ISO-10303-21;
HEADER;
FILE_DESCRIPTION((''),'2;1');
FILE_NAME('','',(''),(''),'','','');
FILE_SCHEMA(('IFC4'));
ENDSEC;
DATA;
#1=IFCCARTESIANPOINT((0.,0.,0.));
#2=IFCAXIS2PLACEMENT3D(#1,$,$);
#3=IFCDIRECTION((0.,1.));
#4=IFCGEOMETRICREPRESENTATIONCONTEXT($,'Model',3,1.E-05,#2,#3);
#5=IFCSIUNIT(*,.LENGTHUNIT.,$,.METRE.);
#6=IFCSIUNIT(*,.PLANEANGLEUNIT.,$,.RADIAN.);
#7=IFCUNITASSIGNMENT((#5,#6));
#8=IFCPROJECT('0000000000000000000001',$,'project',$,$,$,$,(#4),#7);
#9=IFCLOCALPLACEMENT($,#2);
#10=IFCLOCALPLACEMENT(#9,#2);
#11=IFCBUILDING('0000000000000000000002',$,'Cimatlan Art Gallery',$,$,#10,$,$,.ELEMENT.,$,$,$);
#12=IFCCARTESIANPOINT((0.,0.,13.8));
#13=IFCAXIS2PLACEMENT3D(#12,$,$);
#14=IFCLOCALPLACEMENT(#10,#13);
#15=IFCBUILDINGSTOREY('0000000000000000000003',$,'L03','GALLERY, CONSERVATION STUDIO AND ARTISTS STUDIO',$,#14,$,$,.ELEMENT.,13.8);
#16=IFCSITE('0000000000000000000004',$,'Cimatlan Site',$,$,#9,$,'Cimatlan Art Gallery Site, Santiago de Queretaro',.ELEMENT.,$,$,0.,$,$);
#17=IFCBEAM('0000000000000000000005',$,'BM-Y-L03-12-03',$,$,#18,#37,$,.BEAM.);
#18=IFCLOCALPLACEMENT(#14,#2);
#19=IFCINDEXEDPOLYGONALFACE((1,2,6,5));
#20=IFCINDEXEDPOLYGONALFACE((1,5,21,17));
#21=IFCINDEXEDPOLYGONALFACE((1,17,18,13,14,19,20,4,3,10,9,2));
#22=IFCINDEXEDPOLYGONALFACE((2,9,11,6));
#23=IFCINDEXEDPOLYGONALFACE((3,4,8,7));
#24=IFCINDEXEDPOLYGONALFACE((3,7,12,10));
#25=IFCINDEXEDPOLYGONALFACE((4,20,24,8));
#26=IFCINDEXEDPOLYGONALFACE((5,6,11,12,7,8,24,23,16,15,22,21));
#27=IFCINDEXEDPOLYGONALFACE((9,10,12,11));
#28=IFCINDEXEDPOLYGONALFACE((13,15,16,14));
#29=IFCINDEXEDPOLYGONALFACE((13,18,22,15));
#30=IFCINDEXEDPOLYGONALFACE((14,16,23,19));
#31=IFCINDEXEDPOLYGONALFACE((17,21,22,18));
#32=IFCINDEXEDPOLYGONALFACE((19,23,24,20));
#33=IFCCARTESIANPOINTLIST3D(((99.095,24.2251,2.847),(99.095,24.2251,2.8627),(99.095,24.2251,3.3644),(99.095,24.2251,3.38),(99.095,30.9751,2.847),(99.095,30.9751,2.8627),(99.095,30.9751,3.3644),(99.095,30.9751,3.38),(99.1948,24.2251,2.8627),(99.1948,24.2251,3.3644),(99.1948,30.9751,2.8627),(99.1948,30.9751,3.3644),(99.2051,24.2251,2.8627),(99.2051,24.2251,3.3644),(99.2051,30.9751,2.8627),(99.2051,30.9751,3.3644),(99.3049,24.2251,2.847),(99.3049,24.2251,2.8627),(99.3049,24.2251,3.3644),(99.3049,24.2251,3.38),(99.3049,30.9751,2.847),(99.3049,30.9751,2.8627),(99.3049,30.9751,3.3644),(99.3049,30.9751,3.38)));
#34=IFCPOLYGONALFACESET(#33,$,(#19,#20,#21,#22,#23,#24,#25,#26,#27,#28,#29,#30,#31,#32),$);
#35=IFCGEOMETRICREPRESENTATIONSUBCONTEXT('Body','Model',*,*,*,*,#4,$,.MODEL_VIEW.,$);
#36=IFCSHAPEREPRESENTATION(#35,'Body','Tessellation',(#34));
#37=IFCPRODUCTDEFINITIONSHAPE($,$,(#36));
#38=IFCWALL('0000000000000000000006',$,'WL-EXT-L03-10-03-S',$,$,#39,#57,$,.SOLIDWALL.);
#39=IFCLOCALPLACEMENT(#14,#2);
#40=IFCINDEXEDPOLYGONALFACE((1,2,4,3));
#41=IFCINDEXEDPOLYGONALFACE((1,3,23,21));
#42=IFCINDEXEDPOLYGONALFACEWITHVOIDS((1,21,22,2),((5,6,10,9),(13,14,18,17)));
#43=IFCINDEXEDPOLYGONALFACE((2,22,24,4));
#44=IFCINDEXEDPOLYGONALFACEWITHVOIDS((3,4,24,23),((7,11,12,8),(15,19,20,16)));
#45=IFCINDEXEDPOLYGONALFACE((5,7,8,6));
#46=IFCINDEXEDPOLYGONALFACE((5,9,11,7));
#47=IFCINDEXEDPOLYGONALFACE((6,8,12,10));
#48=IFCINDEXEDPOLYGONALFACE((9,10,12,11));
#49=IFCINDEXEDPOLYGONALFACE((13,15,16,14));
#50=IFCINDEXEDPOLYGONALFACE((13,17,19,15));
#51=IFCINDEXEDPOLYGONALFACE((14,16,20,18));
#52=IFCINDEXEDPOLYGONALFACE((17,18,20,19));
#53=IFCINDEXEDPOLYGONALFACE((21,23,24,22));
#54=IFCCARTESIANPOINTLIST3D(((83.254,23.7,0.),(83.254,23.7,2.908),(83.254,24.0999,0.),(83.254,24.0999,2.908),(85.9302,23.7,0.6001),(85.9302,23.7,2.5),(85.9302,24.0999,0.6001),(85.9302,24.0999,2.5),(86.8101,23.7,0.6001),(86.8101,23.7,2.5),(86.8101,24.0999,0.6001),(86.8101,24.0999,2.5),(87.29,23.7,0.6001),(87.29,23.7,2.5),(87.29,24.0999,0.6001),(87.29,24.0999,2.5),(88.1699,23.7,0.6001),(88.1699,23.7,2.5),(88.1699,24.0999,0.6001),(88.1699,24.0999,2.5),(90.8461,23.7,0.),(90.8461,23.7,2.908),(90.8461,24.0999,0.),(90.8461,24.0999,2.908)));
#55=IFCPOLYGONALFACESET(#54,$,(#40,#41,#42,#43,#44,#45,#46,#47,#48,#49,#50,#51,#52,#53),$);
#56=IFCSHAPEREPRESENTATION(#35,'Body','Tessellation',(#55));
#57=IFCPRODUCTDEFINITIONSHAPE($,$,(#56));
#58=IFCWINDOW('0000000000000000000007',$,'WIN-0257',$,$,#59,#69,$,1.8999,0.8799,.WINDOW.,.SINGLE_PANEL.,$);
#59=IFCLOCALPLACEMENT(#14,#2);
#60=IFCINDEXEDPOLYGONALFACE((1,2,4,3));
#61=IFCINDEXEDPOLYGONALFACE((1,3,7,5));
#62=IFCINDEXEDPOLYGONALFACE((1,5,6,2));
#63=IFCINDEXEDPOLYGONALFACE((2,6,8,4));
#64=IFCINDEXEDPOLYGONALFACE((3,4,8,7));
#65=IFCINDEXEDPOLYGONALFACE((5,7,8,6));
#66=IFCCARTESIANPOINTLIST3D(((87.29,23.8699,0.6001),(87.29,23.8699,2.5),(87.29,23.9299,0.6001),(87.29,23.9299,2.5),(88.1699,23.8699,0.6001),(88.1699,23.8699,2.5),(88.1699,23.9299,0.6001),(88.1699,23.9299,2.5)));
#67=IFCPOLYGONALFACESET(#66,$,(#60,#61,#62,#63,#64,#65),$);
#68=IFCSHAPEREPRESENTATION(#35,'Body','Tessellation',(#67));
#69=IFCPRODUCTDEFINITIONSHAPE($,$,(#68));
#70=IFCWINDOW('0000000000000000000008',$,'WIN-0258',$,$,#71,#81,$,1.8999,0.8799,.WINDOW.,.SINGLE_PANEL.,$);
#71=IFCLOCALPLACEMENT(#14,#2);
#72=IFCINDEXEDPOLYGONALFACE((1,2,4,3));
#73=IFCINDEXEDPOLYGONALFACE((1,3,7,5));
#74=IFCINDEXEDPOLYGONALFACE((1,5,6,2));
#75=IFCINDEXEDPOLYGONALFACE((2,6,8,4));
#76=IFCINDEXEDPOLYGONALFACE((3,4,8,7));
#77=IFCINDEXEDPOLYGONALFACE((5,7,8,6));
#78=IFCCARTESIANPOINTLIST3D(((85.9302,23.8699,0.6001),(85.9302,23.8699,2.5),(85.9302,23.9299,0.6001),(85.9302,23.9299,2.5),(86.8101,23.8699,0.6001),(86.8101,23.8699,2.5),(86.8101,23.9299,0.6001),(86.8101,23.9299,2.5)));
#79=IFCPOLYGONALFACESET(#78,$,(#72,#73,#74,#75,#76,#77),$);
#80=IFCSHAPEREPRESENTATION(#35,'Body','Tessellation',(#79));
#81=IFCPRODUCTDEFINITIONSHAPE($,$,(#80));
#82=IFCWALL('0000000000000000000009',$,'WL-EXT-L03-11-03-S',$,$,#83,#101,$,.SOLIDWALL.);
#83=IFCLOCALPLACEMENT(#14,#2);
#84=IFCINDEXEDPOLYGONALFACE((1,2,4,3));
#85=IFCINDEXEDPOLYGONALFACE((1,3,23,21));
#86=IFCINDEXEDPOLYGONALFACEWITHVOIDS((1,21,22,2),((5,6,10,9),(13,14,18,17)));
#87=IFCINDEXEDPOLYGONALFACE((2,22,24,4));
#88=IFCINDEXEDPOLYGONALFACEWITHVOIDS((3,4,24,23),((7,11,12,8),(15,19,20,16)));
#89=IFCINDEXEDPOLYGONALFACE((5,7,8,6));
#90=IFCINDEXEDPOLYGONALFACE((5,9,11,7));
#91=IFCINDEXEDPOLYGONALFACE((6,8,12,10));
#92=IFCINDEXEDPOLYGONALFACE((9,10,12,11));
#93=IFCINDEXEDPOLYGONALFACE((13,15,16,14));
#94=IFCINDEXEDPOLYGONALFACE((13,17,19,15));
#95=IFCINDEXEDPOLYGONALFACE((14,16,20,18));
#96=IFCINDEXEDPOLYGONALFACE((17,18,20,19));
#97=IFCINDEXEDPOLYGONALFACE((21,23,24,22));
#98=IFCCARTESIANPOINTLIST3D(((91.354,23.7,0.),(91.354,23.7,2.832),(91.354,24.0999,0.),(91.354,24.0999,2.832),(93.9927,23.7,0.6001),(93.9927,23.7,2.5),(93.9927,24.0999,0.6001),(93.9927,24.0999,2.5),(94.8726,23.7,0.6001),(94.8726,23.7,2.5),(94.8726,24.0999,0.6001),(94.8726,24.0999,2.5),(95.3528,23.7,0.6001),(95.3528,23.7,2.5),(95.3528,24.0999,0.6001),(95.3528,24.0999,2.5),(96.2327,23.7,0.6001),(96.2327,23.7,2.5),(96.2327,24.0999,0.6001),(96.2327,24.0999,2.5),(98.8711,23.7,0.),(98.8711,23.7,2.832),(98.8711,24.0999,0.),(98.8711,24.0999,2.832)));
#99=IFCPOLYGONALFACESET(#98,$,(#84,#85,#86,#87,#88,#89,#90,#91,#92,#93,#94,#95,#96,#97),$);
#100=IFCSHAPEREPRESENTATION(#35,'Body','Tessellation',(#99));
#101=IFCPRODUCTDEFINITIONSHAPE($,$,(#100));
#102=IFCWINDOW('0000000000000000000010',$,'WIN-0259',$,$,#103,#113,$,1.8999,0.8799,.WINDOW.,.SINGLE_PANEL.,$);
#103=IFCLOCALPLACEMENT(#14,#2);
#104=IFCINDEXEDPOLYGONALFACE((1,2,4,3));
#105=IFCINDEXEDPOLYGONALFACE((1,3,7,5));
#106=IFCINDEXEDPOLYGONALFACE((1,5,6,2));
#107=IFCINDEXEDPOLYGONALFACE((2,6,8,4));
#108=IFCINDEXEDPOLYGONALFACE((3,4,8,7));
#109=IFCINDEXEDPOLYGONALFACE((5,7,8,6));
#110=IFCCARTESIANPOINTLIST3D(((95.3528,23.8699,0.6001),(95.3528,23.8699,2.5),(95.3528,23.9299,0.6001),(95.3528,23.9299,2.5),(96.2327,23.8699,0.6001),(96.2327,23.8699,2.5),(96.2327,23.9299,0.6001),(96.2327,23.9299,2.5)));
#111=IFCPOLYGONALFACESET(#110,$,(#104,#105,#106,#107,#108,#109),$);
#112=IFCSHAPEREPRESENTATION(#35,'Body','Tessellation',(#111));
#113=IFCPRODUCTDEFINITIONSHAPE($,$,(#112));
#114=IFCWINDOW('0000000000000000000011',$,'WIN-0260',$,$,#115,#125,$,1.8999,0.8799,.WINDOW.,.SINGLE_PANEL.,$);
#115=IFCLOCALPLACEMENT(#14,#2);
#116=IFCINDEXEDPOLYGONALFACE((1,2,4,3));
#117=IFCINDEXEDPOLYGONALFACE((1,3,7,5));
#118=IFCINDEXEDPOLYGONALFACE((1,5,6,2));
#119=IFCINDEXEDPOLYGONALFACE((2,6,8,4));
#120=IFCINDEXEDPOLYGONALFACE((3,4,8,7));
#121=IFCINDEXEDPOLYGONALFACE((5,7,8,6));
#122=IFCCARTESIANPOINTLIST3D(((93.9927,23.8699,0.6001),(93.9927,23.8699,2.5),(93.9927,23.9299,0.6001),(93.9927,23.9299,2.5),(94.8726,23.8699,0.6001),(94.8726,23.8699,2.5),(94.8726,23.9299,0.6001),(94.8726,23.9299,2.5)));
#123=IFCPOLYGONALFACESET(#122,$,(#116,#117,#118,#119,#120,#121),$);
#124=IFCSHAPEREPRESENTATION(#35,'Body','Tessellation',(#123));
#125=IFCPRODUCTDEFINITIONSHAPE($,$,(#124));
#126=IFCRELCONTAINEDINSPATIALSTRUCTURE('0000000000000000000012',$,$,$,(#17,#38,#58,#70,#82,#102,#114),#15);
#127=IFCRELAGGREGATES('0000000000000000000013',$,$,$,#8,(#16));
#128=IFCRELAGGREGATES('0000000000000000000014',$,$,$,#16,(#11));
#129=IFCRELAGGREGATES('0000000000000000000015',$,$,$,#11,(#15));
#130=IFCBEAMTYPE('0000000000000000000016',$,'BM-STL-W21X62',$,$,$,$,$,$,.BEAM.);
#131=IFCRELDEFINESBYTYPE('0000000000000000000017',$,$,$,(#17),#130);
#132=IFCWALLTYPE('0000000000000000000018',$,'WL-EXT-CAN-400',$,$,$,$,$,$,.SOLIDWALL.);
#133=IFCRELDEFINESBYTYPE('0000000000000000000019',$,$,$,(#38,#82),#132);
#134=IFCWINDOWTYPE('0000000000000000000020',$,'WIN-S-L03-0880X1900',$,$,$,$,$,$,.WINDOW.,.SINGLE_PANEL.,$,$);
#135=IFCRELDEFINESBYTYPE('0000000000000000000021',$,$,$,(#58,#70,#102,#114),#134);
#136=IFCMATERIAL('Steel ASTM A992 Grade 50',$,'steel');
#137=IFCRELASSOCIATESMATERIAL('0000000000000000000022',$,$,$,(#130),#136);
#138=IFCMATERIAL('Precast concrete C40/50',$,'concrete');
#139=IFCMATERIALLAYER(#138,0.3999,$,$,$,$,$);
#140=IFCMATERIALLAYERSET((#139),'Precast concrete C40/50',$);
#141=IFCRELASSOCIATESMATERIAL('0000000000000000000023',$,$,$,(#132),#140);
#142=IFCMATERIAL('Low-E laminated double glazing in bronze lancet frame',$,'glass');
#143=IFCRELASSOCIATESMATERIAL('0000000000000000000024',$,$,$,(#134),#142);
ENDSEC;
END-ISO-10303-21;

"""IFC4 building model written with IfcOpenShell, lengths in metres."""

from ifc_helpers import new_model, si_unit, direction, frame, frame_2d, origin, origin_2d, place, context, subcontext, project, spatial, rectangle, i_section, extrude, material, layer, layer_set, material_profile, profile_set, type_object, element, fill, save


model = new_model("IFC4")

# Units and contexts
model_context = context("Model", 3, precision=1e-05, world=origin(), true_north=direction((0.0, 1.0)))
body_context = subcontext(model_context, "Body", "Model", "MODEL_VIEW")
ifc_project = project(units=[si_unit("LENGTHUNIT", "METRE"), si_unit("PLANEANGLEUNIT", "RADIAN")], contexts=[model_context])

# Site, building, storey
site_placement = place(None, origin())
site = spatial("IfcSite", under=ifc_project, at=site_placement, Name="Cimatlan Site", LongName="Cimatlan Art Gallery Site, Santiago de Queretaro", CompositionType="ELEMENT", RefElevation=0.0)
building_placement = place(site_placement, origin())
building = spatial("IfcBuilding", under=site, at=building_placement, Name="Cimatlan Art Gallery", CompositionType="ELEMENT")
storey_placement = place(building_placement, frame((0.0, 0.0, 13.8)))
storey = spatial("IfcBuildingStorey", under=building, at=storey_placement, Name="L03", Description="GALLERY, CONSERVATION STUDIO AND ARTISTS STUDIO", CompositionType="ELEMENT", Elevation=13.8)

# Beam
ifc_material_1 = material(Name="Steel ASTM A992 Grade 50", Category="steel")
ifc_material_profile_1 = material_profile(ifc_material_1, i_section(OverallWidth=0.21, OverallDepth=0.533, WebThickness=0.0103, FlangeThickness=0.0156, at=origin_2d()), Name="W21X62")
ifc_profile_set_1 = profile_set([ifc_material_profile_1], Name="Steel ASTM A992 Grade 50")
beam_type_1 = type_object("IfcBeamType", Name="BM-STL-W21X62", PredefinedType="BEAM", material=ifc_profile_set_1)
beam_1_placement = place(storey_placement, frame((99.2, 24.2251, 3.1135), z_axis=(0.0, 1.0, 0.0), x_axis=(-1.0, 0.0, 0.0)))
element("IfcBeam", 1, at=beam_1_placement, inside=storey, type_object=beam_type_1, Name="BM-Y-L03-12-03", PredefinedType="BEAM", context=body_context, shape_type="SweptSolid", body=[
    extrude(i_section(OverallWidth=0.21, OverallDepth=0.533, WebThickness=0.0103, FlangeThickness=0.0156, at=origin_2d()), origin(), (0.0, 0.0, 1.0), 6.75),
])

# Walls, openings, windows
ifc_material_2 = material(Name="Precast concrete C40/50", Category="concrete")
ifc_layer_1 = layer(ifc_material_2, 0.3999)
ifc_layer_set_1 = layer_set([ifc_layer_1], Name="Precast concrete C40/50")
wall_type = type_object("IfcWallType", Name="WL-EXT-CAN-400", PredefinedType="SOLIDWALL", material=ifc_layer_set_1)
wall_1_placement = place(storey_placement, frame((90.8459, 23.8999, 0.0), z_axis=(0.0, 0.0, 1.0), x_axis=(-1.0, 0.0, 0.0)))
wall_1 = element("IfcWall", 2, at=wall_1_placement, inside=storey, type_object=wall_type, Name="WL-EXT-L03-10-03-S", PredefinedType="SOLIDWALL", context=body_context, shape_type="SweptSolid", body=[
    extrude(rectangle(XDim=7.592, YDim=0.3999, at=frame_2d((3.7959, 0.0))), origin(), (0.0, 0.0, 1.0), 2.908),
])
opening_1_placement = place(wall_1_placement, frame((2.676, 0.0, 0.6001)))
opening_1 = element("IfcOpeningElement", 3, at=opening_1_placement, cuts=wall_1, PredefinedType="OPENING", context=body_context, shape_type="SweptSolid", body=[
    extrude(rectangle(XDim=0.8799, YDim=1.8999, at=frame_2d((0.4399, 0.95))), frame((0.0, 0.21, 0.0), z_axis=(0.0, -1.0, 0.0), x_axis=(1.0, 0.0, 0.0)), (0.0, 0.0, 1.0), 0.4199),
])
opening_2_placement = place(wall_1_placement, frame((4.0359, 0.0, 0.6001)))
opening_2 = element("IfcOpeningElement", 4, at=opening_2_placement, cuts=wall_1, PredefinedType="OPENING", context=body_context, shape_type="SweptSolid", body=[
    extrude(rectangle(XDim=0.8799, YDim=1.8999, at=frame_2d((0.4399, 0.95))), frame((0.0, 0.21, 0.0), z_axis=(0.0, -1.0, 0.0), x_axis=(1.0, 0.0, 0.0)), (0.0, 0.0, 1.0), 0.4199),
])
ifc_material_3 = material(Name="Low-E laminated double glazing in bronze lancet frame", Category="glass")
window_type_1 = type_object("IfcWindowType", Name="WIN-S-L03-0880X1900", PartitioningType="SINGLE_PANEL", PredefinedType="WINDOW", material=ifc_material_3)
window_1_placement = place(opening_1_placement, origin())
window_1 = element("IfcWindow", 5, at=window_1_placement, inside=storey, type_object=window_type_1, Name="WIN-0257", OverallHeight=1.8999, OverallWidth=0.8799, PartitioningType="SINGLE_PANEL", PredefinedType="WINDOW", context=body_context, shape_type="SweptSolid", body=[
    extrude(rectangle(XDim=0.8799, YDim=1.8999, at=frame_2d((0.4399, 0.95))), frame((0.0, 0.03, 0.0), z_axis=(0.0, -1.0, 0.0), x_axis=(1.0, 0.0, 0.0)), (0.0, 0.0, 1.0), 0.0601),
])
fill(opening_1, window_1)
window_2_placement = place(opening_2_placement, origin())
window_2 = element("IfcWindow", 6, at=window_2_placement, inside=storey, type_object=window_type_1, Name="WIN-0258", OverallHeight=1.8999, OverallWidth=0.8799, PartitioningType="SINGLE_PANEL", PredefinedType="WINDOW", context=body_context, shape_type="SweptSolid", body=[
    extrude(rectangle(XDim=0.8799, YDim=1.8999, at=frame_2d((0.4399, 0.95))), frame((0.0, 0.03, 0.0), z_axis=(0.0, -1.0, 0.0), x_axis=(1.0, 0.0, 0.0)), (0.0, 0.0, 1.0), 0.0601),
])
fill(opening_2, window_2)
wall_2_placement = place(storey_placement, frame((98.8711, 23.8999, 0.0), z_axis=(0.0, 0.0, 1.0), x_axis=(-1.0, 0.0, 0.0)))
wall_2 = element("IfcWall", 7, at=wall_2_placement, inside=storey, type_object=wall_type, Name="WL-EXT-L03-11-03-S", PredefinedType="SOLIDWALL", context=body_context, shape_type="SweptSolid", body=[
    extrude(rectangle(XDim=7.5171, YDim=0.3999, at=frame_2d((3.7585, 0.0))), origin(), (0.0, 0.0, 1.0), 2.832),
])
opening_3_placement = place(wall_2_placement, frame((2.6384, 0.0, 0.6001)))
opening_3 = element("IfcOpeningElement", 8, at=opening_3_placement, cuts=wall_2, PredefinedType="OPENING", context=body_context, shape_type="SweptSolid", body=[
    extrude(rectangle(XDim=0.8799, YDim=1.8999, at=frame_2d((0.4399, 0.95))), frame((0.0, 0.21, 0.0), z_axis=(0.0, -1.0, 0.0), x_axis=(1.0, 0.0, 0.0)), (0.0, 0.0, 1.0), 0.4199),
])
opening_4_placement = place(wall_2_placement, frame((3.9985, 0.0, 0.6001)))
opening_4 = element("IfcOpeningElement", 9, at=opening_4_placement, cuts=wall_2, PredefinedType="OPENING", context=body_context, shape_type="SweptSolid", body=[
    extrude(rectangle(XDim=0.8799, YDim=1.8999, at=frame_2d((0.4399, 0.95))), frame((0.0, 0.21, 0.0), z_axis=(0.0, -1.0, 0.0), x_axis=(1.0, 0.0, 0.0)), (0.0, 0.0, 1.0), 0.4199),
])
window_3_placement = place(opening_3_placement, origin())
window_3 = element("IfcWindow", 10, at=window_3_placement, inside=storey, type_object=window_type_1, Name="WIN-0259", OverallHeight=1.8999, OverallWidth=0.8799, PartitioningType="SINGLE_PANEL", PredefinedType="WINDOW", context=body_context, shape_type="SweptSolid", body=[
    extrude(rectangle(XDim=0.8799, YDim=1.8999, at=frame_2d((0.4399, 0.95))), frame((0.0, 0.03, 0.0), z_axis=(0.0, -1.0, 0.0), x_axis=(1.0, 0.0, 0.0)), (0.0, 0.0, 1.0), 0.0601),
])
fill(opening_3, window_3)
window_4_placement = place(opening_4_placement, origin())
window_4 = element("IfcWindow", 11, at=window_4_placement, inside=storey, type_object=window_type_1, Name="WIN-0260", OverallHeight=1.8999, OverallWidth=0.8799, PartitioningType="SINGLE_PANEL", PredefinedType="WINDOW", context=body_context, shape_type="SweptSolid", body=[
    extrude(rectangle(XDim=0.8799, YDim=1.8999, at=frame_2d((0.4399, 0.95))), frame((0.0, 0.03, 0.0), z_axis=(0.0, -1.0, 0.0), x_axis=(1.0, 0.0, 0.0)), (0.0, 0.0, 1.0), 0.0601),
])
fill(opening_4, window_4)

save(model, "model.ifc")
